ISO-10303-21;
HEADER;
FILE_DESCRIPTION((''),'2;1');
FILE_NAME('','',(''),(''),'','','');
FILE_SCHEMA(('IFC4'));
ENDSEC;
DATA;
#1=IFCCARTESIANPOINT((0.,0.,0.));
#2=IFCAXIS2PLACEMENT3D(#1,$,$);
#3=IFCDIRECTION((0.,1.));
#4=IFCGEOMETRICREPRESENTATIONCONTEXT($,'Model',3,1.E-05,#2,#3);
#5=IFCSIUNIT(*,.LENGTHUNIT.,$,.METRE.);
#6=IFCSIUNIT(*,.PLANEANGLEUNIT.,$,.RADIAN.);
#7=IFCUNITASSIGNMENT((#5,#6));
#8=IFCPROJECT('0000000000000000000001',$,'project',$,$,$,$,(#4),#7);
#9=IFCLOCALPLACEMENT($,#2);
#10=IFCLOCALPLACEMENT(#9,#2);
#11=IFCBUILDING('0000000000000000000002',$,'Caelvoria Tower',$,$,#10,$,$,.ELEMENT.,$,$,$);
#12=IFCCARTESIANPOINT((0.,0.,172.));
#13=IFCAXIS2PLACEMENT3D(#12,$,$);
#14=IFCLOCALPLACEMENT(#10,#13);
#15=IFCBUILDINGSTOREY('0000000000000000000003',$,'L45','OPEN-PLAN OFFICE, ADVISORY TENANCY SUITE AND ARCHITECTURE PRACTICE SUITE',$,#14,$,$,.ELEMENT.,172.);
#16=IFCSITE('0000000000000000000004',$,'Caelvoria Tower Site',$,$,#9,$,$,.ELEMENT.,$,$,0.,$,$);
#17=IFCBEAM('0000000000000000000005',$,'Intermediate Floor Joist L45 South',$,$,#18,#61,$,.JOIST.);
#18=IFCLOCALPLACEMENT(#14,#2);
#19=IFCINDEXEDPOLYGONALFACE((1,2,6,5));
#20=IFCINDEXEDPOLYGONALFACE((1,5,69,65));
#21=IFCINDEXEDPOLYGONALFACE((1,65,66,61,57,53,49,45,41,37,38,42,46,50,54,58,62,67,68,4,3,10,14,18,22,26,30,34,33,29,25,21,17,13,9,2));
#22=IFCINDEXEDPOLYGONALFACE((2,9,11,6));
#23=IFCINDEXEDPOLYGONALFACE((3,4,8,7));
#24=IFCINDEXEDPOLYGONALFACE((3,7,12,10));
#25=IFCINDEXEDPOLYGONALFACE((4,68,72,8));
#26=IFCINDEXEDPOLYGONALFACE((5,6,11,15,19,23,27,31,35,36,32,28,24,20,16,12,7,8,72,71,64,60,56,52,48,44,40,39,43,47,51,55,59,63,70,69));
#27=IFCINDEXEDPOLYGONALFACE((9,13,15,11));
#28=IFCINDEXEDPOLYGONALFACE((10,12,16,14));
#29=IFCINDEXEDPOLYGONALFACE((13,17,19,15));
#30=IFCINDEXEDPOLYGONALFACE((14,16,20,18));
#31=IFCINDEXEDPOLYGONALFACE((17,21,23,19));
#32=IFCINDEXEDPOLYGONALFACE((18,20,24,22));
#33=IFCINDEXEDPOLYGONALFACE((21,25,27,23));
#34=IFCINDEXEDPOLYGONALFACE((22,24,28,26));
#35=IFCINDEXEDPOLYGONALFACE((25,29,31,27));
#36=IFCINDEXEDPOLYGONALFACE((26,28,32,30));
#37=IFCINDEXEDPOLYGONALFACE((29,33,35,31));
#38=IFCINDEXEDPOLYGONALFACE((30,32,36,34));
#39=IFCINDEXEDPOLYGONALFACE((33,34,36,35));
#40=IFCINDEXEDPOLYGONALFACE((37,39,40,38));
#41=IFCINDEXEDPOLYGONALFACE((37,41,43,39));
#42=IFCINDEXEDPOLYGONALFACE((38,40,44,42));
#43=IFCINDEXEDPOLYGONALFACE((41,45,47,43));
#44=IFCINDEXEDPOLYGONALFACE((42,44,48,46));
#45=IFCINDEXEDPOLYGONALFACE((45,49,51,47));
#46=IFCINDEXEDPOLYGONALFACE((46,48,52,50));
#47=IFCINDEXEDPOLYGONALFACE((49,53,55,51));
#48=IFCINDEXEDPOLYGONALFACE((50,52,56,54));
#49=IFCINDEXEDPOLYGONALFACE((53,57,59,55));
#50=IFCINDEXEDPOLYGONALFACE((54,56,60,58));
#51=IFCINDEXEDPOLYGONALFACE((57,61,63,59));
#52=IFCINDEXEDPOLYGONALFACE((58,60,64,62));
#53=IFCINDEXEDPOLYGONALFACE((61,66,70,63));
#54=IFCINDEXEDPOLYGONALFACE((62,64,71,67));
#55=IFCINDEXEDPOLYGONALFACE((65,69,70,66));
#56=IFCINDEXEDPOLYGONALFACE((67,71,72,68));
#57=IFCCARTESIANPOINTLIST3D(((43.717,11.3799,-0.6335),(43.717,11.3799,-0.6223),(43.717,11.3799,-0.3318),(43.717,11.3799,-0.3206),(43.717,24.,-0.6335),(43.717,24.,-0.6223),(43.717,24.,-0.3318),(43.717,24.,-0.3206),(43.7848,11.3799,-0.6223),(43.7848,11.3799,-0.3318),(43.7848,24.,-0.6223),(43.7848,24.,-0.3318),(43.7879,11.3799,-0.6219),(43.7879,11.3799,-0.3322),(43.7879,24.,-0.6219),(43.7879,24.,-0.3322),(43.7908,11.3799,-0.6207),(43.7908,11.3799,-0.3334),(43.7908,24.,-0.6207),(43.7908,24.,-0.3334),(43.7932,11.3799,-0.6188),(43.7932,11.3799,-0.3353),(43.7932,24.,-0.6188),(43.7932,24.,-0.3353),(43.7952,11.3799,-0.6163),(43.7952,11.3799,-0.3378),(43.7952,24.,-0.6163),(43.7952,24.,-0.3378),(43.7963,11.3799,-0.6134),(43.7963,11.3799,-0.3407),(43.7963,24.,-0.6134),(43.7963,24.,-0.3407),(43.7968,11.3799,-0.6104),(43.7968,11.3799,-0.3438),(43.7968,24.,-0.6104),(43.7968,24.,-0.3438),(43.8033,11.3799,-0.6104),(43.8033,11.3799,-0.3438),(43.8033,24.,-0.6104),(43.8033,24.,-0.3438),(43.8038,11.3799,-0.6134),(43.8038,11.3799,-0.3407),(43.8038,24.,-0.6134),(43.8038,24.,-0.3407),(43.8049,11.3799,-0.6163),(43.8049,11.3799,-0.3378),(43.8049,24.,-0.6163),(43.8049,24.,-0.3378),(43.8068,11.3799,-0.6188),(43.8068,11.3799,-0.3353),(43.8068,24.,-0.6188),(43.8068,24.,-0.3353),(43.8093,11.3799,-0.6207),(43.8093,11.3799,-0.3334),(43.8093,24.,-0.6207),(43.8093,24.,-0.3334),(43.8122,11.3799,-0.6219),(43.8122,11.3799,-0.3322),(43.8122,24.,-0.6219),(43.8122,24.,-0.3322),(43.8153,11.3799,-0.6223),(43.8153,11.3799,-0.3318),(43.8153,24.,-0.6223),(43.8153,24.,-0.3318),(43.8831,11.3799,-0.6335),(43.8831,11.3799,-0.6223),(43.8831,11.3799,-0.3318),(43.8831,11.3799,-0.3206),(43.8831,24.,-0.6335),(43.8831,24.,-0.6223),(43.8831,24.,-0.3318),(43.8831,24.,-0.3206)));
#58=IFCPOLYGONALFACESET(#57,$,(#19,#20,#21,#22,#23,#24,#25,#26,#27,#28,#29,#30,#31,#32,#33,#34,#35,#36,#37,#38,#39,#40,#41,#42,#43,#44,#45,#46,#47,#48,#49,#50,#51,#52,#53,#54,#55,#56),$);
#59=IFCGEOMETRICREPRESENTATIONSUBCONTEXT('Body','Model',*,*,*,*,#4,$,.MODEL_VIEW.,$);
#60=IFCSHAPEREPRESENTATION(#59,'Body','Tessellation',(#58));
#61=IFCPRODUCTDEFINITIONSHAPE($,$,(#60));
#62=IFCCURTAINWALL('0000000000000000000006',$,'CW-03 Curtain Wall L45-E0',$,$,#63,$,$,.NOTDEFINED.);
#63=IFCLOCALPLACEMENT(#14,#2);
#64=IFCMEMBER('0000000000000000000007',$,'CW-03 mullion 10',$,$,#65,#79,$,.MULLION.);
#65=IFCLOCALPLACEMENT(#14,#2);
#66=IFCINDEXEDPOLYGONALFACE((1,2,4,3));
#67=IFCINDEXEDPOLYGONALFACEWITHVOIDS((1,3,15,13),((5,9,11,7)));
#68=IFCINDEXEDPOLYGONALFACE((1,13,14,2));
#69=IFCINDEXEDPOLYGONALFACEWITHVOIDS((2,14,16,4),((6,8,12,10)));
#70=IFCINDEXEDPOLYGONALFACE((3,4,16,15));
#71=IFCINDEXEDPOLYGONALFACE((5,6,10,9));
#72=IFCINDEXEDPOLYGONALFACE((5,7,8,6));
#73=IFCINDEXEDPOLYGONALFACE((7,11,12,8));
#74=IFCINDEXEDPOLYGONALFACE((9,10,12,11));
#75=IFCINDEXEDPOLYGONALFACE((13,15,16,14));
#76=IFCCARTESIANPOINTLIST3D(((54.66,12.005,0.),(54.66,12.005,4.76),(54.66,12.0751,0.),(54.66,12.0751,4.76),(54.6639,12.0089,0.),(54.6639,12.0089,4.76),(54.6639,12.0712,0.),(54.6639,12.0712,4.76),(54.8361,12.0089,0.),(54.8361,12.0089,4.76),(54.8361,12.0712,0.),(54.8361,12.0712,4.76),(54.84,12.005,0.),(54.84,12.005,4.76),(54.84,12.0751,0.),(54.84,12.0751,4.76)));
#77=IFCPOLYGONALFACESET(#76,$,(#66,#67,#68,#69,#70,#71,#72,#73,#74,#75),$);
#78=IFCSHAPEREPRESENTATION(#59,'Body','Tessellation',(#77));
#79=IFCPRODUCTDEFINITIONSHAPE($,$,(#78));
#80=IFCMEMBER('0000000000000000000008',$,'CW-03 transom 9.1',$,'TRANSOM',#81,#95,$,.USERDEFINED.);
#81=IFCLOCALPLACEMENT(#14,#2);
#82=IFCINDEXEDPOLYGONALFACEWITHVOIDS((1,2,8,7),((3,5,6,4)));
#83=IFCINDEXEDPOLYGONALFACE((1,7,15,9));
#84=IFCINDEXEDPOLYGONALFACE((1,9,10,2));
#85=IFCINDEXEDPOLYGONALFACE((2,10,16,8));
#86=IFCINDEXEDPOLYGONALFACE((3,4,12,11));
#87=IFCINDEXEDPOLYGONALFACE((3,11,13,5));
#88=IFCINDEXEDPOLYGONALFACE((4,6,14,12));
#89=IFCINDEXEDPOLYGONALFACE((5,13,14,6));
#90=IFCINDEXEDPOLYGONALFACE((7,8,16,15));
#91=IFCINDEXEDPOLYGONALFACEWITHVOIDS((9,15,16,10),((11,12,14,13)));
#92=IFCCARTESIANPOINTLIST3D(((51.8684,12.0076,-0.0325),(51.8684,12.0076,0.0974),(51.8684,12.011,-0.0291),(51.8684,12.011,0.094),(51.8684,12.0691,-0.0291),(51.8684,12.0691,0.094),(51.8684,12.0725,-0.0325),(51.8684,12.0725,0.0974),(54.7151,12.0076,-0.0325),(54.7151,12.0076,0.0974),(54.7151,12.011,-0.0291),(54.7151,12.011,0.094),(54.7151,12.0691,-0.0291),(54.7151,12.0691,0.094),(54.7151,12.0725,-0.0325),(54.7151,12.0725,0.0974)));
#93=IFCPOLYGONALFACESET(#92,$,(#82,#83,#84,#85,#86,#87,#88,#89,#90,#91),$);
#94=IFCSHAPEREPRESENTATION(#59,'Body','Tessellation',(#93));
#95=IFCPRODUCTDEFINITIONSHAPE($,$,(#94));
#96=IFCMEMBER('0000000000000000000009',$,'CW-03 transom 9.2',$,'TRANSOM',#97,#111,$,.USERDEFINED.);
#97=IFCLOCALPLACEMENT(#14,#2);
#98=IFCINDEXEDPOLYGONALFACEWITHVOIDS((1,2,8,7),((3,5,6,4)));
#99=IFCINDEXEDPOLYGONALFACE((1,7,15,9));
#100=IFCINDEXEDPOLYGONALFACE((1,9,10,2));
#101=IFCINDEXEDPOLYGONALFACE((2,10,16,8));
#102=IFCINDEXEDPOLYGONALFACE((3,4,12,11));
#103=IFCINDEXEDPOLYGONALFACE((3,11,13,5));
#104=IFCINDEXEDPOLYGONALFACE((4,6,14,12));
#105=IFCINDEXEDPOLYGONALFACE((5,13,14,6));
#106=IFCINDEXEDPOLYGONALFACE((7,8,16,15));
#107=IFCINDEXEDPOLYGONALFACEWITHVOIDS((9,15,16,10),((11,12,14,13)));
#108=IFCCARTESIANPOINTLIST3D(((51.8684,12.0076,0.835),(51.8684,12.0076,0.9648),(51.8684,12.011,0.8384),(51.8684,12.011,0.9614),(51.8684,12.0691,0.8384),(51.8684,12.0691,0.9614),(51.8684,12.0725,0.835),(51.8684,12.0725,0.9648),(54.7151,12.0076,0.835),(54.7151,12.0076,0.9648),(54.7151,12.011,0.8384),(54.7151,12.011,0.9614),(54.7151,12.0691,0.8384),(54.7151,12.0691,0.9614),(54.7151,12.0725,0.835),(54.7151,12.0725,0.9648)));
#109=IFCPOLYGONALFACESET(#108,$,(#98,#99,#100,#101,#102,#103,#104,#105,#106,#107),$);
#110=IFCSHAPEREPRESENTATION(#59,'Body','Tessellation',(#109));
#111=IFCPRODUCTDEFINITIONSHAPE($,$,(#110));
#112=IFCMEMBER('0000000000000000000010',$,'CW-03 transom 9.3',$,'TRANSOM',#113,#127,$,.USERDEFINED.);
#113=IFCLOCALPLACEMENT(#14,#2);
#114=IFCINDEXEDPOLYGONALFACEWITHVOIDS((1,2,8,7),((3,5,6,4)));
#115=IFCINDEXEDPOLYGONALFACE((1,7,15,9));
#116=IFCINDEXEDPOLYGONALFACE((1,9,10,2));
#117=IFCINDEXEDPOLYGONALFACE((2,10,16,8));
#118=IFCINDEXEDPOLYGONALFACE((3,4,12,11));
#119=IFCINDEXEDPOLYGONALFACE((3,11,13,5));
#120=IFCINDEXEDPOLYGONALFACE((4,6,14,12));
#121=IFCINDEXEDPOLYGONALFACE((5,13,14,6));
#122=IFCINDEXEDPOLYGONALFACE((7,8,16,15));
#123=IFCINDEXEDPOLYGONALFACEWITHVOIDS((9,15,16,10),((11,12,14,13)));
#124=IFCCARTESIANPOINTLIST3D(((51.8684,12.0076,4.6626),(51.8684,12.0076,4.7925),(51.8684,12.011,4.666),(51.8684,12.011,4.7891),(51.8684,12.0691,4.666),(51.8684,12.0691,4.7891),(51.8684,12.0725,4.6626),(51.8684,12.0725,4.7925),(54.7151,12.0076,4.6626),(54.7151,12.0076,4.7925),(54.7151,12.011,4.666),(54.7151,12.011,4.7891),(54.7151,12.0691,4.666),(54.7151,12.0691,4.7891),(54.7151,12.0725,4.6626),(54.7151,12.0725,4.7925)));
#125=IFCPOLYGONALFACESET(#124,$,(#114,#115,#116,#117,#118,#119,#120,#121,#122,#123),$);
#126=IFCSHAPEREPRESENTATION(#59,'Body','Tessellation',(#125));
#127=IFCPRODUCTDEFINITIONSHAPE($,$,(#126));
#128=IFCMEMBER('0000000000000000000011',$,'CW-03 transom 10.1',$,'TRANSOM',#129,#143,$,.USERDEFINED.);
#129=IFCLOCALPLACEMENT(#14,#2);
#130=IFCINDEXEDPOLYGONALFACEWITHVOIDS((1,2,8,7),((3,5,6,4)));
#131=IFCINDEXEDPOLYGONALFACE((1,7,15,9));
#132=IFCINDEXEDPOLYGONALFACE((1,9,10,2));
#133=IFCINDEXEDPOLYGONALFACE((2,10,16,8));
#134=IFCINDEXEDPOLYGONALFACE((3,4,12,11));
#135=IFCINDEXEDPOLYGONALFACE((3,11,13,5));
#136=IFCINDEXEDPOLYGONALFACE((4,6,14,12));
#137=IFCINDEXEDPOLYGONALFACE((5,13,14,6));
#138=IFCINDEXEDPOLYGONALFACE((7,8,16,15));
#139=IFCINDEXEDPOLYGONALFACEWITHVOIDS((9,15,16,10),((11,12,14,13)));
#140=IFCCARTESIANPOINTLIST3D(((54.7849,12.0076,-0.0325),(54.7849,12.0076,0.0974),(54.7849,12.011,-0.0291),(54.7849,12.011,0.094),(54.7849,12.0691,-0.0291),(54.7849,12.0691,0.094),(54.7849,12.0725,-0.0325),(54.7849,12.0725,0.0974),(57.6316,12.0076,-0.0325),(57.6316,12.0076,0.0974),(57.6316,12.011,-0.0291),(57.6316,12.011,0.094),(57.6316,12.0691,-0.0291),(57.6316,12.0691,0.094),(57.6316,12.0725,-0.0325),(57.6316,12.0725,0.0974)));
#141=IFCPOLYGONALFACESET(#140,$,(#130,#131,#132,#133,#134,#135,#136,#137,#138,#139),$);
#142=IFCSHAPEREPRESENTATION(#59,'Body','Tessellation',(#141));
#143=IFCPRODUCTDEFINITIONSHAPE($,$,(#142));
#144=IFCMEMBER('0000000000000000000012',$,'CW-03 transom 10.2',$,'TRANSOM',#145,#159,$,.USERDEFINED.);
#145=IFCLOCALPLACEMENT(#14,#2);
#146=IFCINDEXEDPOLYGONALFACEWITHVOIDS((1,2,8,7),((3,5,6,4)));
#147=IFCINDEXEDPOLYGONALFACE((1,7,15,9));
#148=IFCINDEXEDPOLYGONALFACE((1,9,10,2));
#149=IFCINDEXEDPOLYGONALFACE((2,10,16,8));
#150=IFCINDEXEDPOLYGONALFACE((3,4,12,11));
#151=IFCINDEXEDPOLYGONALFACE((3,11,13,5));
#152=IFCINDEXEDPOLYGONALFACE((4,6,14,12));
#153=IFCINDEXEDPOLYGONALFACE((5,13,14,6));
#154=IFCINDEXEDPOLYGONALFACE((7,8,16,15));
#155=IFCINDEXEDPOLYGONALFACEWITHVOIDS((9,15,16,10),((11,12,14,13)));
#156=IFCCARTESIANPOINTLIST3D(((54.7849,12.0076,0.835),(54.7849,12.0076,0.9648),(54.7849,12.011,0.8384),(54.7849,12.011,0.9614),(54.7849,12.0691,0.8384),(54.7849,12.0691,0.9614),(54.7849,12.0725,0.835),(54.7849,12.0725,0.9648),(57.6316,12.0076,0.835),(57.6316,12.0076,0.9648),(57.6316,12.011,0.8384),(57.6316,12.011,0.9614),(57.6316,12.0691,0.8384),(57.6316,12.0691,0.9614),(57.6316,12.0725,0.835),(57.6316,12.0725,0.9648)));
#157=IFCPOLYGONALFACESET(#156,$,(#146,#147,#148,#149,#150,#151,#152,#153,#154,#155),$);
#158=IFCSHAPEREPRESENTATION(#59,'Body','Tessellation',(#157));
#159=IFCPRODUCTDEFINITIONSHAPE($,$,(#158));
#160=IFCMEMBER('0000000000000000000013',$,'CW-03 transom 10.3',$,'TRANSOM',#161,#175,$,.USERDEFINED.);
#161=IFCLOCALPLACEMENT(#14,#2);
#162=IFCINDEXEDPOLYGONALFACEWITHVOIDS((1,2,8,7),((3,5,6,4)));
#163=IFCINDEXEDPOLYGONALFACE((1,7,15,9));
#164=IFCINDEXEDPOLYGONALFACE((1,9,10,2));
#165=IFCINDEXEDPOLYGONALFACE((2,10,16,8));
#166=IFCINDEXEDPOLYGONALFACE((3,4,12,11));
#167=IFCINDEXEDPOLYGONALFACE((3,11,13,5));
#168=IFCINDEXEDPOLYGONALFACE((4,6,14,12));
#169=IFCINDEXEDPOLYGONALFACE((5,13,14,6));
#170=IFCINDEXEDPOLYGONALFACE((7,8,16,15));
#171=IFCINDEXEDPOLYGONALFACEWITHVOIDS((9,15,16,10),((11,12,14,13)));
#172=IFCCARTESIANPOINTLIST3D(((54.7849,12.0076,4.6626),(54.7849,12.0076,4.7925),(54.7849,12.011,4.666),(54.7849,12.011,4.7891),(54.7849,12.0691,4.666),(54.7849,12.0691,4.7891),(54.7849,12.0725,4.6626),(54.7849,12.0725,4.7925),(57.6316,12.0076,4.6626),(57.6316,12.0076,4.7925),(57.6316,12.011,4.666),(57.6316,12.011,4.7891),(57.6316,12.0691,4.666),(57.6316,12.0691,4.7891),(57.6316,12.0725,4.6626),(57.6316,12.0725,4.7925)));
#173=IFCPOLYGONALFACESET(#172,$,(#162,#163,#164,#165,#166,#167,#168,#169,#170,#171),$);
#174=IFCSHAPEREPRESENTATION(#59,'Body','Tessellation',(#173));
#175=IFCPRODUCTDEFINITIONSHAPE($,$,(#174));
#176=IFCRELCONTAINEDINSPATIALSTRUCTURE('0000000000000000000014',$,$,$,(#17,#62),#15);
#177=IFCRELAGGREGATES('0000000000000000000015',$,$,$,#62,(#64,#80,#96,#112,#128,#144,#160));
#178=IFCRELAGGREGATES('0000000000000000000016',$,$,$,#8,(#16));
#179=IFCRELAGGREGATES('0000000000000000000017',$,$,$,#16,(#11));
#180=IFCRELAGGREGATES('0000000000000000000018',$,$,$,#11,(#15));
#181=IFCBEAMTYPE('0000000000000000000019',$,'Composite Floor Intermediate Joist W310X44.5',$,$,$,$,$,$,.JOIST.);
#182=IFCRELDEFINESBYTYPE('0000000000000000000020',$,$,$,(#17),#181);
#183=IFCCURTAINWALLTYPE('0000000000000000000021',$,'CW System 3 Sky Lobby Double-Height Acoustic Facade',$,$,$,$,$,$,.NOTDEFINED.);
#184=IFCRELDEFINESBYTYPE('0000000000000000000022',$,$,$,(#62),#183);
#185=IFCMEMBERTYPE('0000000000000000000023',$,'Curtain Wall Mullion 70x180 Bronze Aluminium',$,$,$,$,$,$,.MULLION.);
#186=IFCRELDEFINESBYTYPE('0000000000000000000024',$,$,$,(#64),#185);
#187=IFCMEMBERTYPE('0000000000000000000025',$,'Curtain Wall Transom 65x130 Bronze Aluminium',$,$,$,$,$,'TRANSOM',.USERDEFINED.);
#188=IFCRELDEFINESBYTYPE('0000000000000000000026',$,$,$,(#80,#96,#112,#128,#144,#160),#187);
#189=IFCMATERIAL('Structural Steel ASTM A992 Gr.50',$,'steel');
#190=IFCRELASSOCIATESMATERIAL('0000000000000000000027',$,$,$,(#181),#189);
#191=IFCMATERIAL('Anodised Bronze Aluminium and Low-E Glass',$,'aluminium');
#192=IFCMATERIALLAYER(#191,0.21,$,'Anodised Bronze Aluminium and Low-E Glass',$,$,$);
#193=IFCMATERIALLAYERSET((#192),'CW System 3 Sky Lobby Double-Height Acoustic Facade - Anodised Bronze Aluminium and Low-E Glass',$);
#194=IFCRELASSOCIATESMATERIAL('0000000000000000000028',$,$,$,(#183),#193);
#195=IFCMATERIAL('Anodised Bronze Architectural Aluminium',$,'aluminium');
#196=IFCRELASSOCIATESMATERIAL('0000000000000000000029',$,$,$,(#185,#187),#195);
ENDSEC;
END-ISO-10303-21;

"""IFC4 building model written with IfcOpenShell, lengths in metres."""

from ifc_helpers import new_model, si_unit, direction, frame, origin, origin_2d, place, context, subcontext, project, spatial, hollow_rectangle, i_section, extrude, material, layer, layer_set, material_profile, profile_set, type_object, element, aggregate, save


model = new_model("IFC4")

# Units and contexts
model_context = context("Model", 3, precision=1e-05, world=origin(), true_north=direction((0.0, 1.0)))
body_context = subcontext(model_context, "Body", "Model", "MODEL_VIEW")
ifc_project = project(units=[si_unit("LENGTHUNIT", "METRE"), si_unit("PLANEANGLEUNIT", "RADIAN")], contexts=[model_context])

# Site, building, storey
site_placement = place(None, origin())
site = spatial("IfcSite", under=ifc_project, at=site_placement, Name="Caelvoria Tower Site", CompositionType="ELEMENT", RefElevation=0.0)
building_placement = place(site_placement, origin())
building = spatial("IfcBuilding", under=site, at=building_placement, Name="Caelvoria Tower", CompositionType="ELEMENT")
storey_placement = place(building_placement, frame((0.0, 0.0, 172.0)))
storey = spatial("IfcBuildingStorey", under=building, at=storey_placement, Name="L45", Description="OPEN-PLAN OFFICE, ADVISORY TENANCY SUITE AND ARCHITECTURE PRACTICE SUITE", CompositionType="ELEMENT", Elevation=172.0)

# Beam
ifc_material_1 = material(Name="Structural Steel ASTM A992 Gr.50", Category="steel")
ifc_material_profile_1 = material_profile(ifc_material_1, i_section(OverallWidth=0.166, OverallDepth=0.313, WebThickness=0.0066, FlangeThickness=0.0112, FilletRadius=0.012, at=origin_2d()), Name="Structural Steel ASTM A992 Gr.50")
ifc_profile_set_1 = profile_set([ifc_material_profile_1], Name="W310X44.5 - Structural Steel ASTM A992 Gr.50")
beam_type_1 = type_object("IfcBeamType", Name="Composite Floor Intermediate Joist W310X44.5", PredefinedType="JOIST", material=ifc_profile_set_1)
beam_1_placement = place(storey_placement, frame((43.8, 24.0, -0.4771), z_axis=(0.0, -1.0, 0.0), x_axis=(1.0, 0.0, 0.0)))
element("IfcBeam", 1, at=beam_1_placement, inside=storey, type_object=beam_type_1, Name="Intermediate Floor Joist L45 South", PredefinedType="JOIST", context=body_context, shape_type="SweptSolid", body=[
    extrude(i_section(OverallWidth=0.166, OverallDepth=0.313, WebThickness=0.0066, FlangeThickness=0.0112, FilletRadius=0.012, at=origin_2d()), origin(), (0.0, 0.0, 1.0), 12.6201),
])

# Curtain wall, members
ifc_material_2 = material(Name="Anodised Bronze Aluminium and Low-E Glass", Category="aluminium")
ifc_layer_1 = layer(ifc_material_2, 0.21, Name="Anodised Bronze Aluminium and Low-E Glass")
ifc_layer_set_1 = layer_set([ifc_layer_1], Name="CW System 3 Sky Lobby Double-Height Acoustic Facade - Anodised Bronze Aluminium and Low-E Glass")
curtain_wall_type = type_object("IfcCurtainWallType", Name="CW System 3 Sky Lobby Double-Height Acoustic Facade", PredefinedType="NOTDEFINED", material=ifc_layer_set_1)
curtain_wall_placement = place(storey_placement, origin())
curtain_wall = element("IfcCurtainWall", 2, at=curtain_wall_placement, inside=storey, type_object=curtain_wall_type, Name="CW-03 Curtain Wall L45-E0", PredefinedType="NOTDEFINED")
ifc_material_3 = material(Name="Anodised Bronze Architectural Aluminium", Category="aluminium")
ifc_material_profile_2 = material_profile(ifc_material_3, hollow_rectangle(XDim=0.0701, YDim=0.1799, WallThickness=0.0039, at=origin_2d()), Name="Anodised Bronze Architectural Aluminium")
ifc_profile_set_2 = profile_set([ifc_material_profile_2], Name="CW_MULL_70X180 - Anodised Bronze Architectural Aluminium")
member_type_1 = type_object("IfcMemberType", Name="Curtain Wall Mullion 70x180 Bronze Aluminium", PredefinedType="MULLION", material=ifc_profile_set_2)
member_1_placement = place(storey_placement, frame((54.75, 12.04, 0.0), z_axis=(0.0, 0.0, 1.0), x_axis=(0.0, 1.0, 0.0)))
member_1 = element("IfcMember", 3, at=member_1_placement, type_object=member_type_1, Name="CW-03 mullion 10", PredefinedType="MULLION", context=body_context, shape_type="SweptSolid", body=[
    extrude(hollow_rectangle(XDim=0.0701, YDim=0.1799, WallThickness=0.0039, at=origin_2d()), origin(), (0.0, 0.0, 1.0), 4.76),
])
ifc_material_profile_3 = material_profile(ifc_material_3, hollow_rectangle(XDim=0.0649, YDim=0.1299, WallThickness=0.0034, at=origin_2d()), Name="Anodised Bronze Architectural Aluminium")
ifc_profile_set_3 = profile_set([ifc_material_profile_3], Name="CW_TRAN_65X130 - Anodised Bronze Architectural Aluminium")
member_type_2 = type_object("IfcMemberType", Name="Curtain Wall Transom 65x130 Bronze Aluminium", ElementType="TRANSOM", PredefinedType="USERDEFINED", material=ifc_profile_set_3)
member_2_placement = place(storey_placement, frame((51.8684, 12.04, 0.0325), z_axis=(1.0, 0.0, 0.0), x_axis=(0.0, 1.0, 0.0)))
member_2 = element("IfcMember", 4, at=member_2_placement, type_object=member_type_2, Name="CW-03 transom 9.1", ObjectType="TRANSOM", PredefinedType="USERDEFINED", context=body_context, shape_type="SweptSolid", body=[
    extrude(hollow_rectangle(XDim=0.0649, YDim=0.1299, WallThickness=0.0034, at=origin_2d()), origin(), (0.0, 0.0, 1.0), 2.8467),
])
member_3_placement = place(storey_placement, frame((51.8684, 12.04, 0.8999), z_axis=(1.0, 0.0, 0.0), x_axis=(0.0, 1.0, 0.0)))
member_3 = element("IfcMember", 5, at=member_3_placement, type_object=member_type_2, Name="CW-03 transom 9.2", ObjectType="TRANSOM", PredefinedType="USERDEFINED", context=body_context, shape_type="SweptSolid", body=[
    extrude(hollow_rectangle(XDim=0.0649, YDim=0.1299, WallThickness=0.0034, at=origin_2d()), origin(), (0.0, 0.0, 1.0), 2.8467),
])
member_4_placement = place(storey_placement, frame((51.8684, 12.04, 4.7275), z_axis=(1.0, 0.0, 0.0), x_axis=(0.0, 1.0, 0.0)))
member_4 = element("IfcMember", 6, at=member_4_placement, type_object=member_type_2, Name="CW-03 transom 9.3", ObjectType="TRANSOM", PredefinedType="USERDEFINED", context=body_context, shape_type="SweptSolid", body=[
    extrude(hollow_rectangle(XDim=0.0649, YDim=0.1299, WallThickness=0.0034, at=origin_2d()), origin(), (0.0, 0.0, 1.0), 2.8467),
])
member_5_placement = place(storey_placement, frame((54.7849, 12.04, 0.0325), z_axis=(1.0, 0.0, 0.0), x_axis=(0.0, 1.0, 0.0)))
member_5 = element("IfcMember", 7, at=member_5_placement, type_object=member_type_2, Name="CW-03 transom 10.1", ObjectType="TRANSOM", PredefinedType="USERDEFINED", context=body_context, shape_type="SweptSolid", body=[
    extrude(hollow_rectangle(XDim=0.0649, YDim=0.1299, WallThickness=0.0034, at=origin_2d()), origin(), (0.0, 0.0, 1.0), 2.8467),
])
member_6_placement = place(storey_placement, frame((54.7849, 12.04, 0.8999), z_axis=(1.0, 0.0, 0.0), x_axis=(0.0, 1.0, 0.0)))
member_6 = element("IfcMember", 8, at=member_6_placement, type_object=member_type_2, Name="CW-03 transom 10.2", ObjectType="TRANSOM", PredefinedType="USERDEFINED", context=body_context, shape_type="SweptSolid", body=[
    extrude(hollow_rectangle(XDim=0.0649, YDim=0.1299, WallThickness=0.0034, at=origin_2d()), origin(), (0.0, 0.0, 1.0), 2.8467),
])
member_7_placement = place(storey_placement, frame((54.7849, 12.04, 4.7275), z_axis=(1.0, 0.0, 0.0), x_axis=(0.0, 1.0, 0.0)))
member_7 = element("IfcMember", 9, at=member_7_placement, type_object=member_type_2, Name="CW-03 transom 10.3", ObjectType="TRANSOM", PredefinedType="USERDEFINED", context=body_context, shape_type="SweptSolid", body=[
    extrude(hollow_rectangle(XDim=0.0649, YDim=0.1299, WallThickness=0.0034, at=origin_2d()), origin(), (0.0, 0.0, 1.0), 2.8467),
])

aggregate(curtain_wall, [member_1, member_2, member_3, member_4, member_5, member_6, member_7])

save(model, "model.ifc")
